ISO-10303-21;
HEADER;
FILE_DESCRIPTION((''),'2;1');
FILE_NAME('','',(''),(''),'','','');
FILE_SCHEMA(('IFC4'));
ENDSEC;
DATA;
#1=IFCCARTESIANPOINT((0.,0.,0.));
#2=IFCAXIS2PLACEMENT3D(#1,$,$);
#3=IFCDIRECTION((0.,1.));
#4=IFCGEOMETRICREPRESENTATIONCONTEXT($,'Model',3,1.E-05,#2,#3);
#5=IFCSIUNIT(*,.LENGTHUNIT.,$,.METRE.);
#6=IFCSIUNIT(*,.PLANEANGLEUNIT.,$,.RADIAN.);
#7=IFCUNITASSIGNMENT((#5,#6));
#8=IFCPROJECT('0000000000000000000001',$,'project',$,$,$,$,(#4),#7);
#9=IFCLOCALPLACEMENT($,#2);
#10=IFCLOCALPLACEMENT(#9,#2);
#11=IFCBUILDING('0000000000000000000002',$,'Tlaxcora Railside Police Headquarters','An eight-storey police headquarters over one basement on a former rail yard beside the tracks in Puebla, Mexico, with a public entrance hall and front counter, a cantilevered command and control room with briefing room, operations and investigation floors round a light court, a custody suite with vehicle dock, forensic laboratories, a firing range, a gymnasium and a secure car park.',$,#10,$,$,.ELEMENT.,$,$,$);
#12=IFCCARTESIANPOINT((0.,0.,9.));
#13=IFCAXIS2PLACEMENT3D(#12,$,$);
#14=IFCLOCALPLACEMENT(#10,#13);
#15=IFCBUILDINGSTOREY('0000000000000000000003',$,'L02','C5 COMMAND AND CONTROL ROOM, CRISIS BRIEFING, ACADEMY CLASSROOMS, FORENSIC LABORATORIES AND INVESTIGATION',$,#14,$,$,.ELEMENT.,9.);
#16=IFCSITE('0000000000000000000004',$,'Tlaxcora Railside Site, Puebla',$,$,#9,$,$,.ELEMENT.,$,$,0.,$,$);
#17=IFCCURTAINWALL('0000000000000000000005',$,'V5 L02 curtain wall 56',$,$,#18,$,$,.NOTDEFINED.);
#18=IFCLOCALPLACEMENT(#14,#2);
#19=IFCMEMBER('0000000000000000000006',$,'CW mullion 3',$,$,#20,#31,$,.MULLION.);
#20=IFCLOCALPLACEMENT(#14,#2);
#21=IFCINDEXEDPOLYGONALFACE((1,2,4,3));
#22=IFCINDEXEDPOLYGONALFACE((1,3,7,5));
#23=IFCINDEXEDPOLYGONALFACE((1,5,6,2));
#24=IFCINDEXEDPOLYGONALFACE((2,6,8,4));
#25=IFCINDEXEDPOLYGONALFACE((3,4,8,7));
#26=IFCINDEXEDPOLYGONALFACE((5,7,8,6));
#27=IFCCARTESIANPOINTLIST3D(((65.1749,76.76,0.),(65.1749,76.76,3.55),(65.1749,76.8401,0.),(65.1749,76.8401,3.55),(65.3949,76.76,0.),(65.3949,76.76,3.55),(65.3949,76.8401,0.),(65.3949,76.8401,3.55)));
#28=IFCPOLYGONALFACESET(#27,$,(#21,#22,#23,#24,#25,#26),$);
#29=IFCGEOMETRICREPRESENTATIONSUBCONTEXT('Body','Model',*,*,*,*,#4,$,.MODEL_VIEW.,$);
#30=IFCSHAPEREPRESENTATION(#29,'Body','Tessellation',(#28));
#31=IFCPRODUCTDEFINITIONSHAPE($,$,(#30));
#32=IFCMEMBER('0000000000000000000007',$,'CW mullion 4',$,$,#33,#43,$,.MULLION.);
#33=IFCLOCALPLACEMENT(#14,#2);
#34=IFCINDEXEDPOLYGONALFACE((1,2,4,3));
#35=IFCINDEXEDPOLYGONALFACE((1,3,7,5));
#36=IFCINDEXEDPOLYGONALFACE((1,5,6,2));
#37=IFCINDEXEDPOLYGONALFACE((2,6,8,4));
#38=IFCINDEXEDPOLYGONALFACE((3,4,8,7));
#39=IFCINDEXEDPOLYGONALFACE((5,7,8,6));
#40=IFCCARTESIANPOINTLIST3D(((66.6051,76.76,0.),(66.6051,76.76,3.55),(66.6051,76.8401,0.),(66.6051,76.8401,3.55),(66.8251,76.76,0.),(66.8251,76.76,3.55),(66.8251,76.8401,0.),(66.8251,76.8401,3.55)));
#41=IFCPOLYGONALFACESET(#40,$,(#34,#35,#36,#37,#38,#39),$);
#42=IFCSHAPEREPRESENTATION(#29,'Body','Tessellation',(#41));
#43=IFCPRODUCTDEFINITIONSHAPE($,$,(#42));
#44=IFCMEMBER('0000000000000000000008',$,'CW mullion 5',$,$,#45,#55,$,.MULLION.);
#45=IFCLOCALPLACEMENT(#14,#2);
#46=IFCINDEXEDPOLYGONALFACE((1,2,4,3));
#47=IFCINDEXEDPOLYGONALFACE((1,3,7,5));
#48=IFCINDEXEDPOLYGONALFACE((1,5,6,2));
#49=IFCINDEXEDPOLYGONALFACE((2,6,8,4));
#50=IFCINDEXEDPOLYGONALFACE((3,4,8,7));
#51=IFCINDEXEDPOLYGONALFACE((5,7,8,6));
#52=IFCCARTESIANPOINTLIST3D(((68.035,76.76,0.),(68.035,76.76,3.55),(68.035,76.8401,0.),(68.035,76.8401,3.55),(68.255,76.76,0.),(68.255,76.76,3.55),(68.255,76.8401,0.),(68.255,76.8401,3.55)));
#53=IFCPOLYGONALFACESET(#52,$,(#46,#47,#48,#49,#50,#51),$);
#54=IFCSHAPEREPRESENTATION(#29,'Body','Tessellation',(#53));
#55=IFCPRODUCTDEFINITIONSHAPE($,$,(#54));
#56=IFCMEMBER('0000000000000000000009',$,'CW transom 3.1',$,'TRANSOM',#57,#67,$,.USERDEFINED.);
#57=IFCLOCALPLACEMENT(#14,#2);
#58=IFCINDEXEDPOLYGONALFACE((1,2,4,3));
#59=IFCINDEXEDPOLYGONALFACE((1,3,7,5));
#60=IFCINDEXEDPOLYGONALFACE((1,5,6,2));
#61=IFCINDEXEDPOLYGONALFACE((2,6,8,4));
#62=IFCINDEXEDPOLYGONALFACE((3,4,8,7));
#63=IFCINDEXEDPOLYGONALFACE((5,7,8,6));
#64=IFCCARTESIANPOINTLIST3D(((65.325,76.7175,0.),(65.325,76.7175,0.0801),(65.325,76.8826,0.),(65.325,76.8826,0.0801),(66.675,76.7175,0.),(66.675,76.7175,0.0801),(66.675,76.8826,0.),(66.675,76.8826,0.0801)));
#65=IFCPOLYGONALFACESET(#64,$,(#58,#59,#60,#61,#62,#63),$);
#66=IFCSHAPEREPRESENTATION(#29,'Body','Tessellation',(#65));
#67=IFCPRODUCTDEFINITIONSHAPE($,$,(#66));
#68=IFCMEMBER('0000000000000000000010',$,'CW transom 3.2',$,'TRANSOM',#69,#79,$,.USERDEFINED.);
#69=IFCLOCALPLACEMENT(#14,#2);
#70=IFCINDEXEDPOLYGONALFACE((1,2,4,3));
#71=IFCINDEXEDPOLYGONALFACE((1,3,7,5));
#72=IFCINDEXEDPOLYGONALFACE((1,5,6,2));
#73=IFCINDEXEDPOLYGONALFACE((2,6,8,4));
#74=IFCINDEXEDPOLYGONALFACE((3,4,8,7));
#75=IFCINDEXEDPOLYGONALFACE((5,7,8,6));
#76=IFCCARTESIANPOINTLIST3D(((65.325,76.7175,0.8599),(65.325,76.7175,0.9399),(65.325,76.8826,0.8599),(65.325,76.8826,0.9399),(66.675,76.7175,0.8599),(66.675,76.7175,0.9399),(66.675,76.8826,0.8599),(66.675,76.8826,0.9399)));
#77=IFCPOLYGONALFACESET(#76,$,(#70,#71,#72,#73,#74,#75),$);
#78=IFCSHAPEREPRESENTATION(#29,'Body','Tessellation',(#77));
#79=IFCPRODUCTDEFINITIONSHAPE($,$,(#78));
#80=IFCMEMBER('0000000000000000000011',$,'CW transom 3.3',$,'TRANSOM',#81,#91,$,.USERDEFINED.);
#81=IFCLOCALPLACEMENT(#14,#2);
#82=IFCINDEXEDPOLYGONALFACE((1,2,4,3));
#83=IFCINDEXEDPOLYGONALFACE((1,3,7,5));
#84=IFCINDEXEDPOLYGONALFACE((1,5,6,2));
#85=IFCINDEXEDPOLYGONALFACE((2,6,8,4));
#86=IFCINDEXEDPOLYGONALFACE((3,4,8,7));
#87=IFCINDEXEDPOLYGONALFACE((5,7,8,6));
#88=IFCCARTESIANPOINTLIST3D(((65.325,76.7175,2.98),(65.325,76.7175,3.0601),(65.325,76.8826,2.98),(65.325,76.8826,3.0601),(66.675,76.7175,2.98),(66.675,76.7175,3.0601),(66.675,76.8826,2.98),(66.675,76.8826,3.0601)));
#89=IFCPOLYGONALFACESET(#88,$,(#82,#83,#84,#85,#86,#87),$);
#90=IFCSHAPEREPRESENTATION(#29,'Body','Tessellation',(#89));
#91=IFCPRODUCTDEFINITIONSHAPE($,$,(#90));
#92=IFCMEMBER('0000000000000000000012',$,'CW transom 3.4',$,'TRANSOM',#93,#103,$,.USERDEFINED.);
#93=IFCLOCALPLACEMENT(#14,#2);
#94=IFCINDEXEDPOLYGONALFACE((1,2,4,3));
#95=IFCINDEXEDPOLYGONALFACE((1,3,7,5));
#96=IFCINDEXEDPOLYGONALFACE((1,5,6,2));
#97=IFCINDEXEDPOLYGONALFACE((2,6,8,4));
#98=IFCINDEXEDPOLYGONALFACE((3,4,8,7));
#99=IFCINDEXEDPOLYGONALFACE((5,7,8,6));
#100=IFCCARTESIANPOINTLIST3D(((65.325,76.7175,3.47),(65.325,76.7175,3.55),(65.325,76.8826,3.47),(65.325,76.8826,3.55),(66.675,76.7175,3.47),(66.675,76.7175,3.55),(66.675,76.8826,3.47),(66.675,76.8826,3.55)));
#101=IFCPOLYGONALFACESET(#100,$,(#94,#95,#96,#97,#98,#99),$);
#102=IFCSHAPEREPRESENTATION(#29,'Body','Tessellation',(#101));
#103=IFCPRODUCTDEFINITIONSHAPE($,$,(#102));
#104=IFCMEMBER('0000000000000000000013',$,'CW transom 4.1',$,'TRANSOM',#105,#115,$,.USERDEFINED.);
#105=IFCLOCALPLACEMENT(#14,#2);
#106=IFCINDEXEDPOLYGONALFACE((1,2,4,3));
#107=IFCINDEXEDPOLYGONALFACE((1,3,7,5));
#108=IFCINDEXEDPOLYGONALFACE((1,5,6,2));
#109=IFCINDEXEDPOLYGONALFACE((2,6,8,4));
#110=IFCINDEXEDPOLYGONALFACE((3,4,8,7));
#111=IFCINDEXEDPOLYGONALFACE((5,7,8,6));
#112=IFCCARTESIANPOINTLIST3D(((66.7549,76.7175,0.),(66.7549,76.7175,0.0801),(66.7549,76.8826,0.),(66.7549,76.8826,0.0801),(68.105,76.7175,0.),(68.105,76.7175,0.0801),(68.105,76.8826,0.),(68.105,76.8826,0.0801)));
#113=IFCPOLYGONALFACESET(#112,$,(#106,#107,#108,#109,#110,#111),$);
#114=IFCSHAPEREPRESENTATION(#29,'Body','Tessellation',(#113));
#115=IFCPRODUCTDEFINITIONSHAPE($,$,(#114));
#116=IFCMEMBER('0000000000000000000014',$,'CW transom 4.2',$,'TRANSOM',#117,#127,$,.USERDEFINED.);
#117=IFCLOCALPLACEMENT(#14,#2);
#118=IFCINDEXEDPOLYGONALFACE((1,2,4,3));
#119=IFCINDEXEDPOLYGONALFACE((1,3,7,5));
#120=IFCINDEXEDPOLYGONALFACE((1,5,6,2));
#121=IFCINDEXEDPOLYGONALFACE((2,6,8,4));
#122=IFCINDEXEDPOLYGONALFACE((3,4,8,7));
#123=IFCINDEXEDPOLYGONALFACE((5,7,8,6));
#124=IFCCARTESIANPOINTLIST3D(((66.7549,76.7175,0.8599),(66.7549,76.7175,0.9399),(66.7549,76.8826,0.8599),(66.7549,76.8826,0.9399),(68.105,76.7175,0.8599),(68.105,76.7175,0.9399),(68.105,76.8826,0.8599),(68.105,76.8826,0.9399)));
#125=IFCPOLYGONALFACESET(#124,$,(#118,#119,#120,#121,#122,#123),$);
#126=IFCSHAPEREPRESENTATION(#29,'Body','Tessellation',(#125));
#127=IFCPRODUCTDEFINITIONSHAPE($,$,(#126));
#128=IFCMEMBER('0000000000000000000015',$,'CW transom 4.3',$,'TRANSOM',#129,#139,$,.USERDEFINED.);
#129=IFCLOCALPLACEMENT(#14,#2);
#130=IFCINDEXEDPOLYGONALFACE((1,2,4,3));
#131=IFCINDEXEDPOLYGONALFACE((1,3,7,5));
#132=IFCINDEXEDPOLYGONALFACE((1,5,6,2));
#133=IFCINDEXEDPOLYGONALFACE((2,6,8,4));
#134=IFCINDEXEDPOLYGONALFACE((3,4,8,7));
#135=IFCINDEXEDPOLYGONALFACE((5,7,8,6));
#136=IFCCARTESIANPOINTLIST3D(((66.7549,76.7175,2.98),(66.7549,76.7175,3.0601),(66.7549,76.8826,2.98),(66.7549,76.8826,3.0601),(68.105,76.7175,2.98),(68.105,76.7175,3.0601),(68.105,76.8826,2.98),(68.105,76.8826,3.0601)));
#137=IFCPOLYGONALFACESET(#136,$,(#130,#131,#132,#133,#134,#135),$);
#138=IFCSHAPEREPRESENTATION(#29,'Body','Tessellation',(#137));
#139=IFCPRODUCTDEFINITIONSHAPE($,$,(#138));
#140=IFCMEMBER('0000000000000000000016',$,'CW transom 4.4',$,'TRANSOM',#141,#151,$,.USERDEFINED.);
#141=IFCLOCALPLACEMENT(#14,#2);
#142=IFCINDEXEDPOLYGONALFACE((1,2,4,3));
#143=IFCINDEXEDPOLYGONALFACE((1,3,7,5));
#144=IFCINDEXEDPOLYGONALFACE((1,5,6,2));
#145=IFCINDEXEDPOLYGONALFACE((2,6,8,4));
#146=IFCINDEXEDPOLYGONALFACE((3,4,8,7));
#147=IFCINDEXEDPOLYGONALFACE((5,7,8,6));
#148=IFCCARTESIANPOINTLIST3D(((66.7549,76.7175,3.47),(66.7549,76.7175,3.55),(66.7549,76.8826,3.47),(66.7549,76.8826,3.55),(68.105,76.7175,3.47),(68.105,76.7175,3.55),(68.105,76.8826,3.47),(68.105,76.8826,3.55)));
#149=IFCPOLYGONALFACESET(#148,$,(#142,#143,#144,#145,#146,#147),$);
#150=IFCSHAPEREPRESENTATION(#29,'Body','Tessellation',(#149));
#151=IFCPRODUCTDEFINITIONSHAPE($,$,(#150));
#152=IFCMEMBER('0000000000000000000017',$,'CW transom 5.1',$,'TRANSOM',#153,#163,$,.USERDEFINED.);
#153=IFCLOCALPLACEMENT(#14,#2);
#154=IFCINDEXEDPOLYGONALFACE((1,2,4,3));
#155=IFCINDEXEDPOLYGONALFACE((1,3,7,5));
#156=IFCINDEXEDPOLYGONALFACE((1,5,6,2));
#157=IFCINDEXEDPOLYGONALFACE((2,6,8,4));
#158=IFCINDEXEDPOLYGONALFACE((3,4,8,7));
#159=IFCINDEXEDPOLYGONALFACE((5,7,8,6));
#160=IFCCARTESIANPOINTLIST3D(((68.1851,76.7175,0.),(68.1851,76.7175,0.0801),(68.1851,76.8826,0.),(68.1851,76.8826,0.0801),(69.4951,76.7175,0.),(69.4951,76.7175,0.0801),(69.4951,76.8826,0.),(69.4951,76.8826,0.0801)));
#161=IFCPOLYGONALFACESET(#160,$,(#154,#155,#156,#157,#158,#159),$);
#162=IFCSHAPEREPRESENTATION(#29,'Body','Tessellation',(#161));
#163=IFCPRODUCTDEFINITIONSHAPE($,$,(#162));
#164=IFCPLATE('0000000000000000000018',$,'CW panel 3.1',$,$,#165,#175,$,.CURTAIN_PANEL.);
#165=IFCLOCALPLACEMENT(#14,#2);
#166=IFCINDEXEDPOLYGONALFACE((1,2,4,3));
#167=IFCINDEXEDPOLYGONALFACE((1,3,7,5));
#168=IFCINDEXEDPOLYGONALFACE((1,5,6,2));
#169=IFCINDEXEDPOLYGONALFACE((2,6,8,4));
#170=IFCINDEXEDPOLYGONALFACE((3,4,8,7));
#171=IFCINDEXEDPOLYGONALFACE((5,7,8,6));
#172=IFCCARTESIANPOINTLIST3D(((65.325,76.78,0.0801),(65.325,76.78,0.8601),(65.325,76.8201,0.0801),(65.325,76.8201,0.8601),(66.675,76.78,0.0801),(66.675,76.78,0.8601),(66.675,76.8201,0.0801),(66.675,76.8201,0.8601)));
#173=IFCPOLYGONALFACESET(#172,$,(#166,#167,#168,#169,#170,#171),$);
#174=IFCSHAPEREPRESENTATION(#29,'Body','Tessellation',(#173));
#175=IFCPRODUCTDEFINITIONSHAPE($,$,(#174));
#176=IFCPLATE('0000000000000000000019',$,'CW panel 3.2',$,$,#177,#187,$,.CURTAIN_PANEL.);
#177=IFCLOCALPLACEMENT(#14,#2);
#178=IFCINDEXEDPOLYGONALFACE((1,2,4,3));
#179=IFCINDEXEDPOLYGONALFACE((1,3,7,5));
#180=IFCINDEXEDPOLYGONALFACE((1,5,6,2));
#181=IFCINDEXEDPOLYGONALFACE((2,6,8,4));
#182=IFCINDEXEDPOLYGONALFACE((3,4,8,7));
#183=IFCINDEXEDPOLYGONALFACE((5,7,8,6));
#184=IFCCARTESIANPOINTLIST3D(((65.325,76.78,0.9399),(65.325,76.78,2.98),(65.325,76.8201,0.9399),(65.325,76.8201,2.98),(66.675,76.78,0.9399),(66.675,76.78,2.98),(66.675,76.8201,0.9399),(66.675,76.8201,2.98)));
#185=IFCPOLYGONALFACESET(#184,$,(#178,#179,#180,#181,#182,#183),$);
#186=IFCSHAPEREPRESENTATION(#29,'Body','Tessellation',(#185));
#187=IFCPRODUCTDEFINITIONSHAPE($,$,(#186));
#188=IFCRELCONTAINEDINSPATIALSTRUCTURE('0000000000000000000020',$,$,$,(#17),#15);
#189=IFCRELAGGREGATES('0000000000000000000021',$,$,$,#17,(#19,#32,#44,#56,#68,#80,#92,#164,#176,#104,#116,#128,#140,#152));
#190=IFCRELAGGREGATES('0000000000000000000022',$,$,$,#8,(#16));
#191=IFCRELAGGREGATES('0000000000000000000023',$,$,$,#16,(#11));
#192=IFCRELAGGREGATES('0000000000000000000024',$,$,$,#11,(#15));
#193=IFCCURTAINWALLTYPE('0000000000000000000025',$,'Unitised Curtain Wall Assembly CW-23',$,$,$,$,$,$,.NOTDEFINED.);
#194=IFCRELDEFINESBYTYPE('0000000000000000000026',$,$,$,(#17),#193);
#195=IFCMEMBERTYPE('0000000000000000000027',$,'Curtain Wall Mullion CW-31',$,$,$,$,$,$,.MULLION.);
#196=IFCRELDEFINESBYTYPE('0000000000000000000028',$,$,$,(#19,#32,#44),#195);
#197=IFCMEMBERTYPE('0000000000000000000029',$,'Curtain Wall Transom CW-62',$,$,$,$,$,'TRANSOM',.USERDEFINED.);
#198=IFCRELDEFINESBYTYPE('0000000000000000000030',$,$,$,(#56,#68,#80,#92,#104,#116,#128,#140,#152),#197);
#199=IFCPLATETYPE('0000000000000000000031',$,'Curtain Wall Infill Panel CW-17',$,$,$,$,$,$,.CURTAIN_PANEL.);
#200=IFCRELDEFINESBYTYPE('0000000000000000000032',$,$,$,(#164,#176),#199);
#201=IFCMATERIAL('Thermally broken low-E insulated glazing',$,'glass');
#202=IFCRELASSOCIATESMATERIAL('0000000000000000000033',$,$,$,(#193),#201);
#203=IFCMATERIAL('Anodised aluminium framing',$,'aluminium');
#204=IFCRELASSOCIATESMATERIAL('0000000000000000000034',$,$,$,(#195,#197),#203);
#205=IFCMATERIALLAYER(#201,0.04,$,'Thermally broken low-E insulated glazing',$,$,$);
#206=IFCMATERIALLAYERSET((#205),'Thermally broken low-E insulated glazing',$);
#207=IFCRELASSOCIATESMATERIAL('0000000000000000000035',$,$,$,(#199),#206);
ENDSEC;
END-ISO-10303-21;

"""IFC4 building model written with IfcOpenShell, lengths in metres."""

from ifc_helpers import new_model, si_unit, direction, frame, origin, origin_2d, place, context, subcontext, project, spatial, rectangle, extrude, material, layer, layer_set, material_profile, profile_set, type_object, element, aggregate, save


model = new_model("IFC4")

# Units and contexts
model_context = context("Model", 3, precision=1e-05, world=origin(), true_north=direction((0.0, 1.0)))
body_context = subcontext(model_context, "Body", "Model", "MODEL_VIEW")
ifc_project = project(units=[si_unit("LENGTHUNIT", "METRE"), si_unit("PLANEANGLEUNIT", "RADIAN")], contexts=[model_context])

# Site, building, storey
site_placement = place(None, origin())
site = spatial("IfcSite", under=ifc_project, at=site_placement, Name="Tlaxcora Railside Site, Puebla", CompositionType="ELEMENT", RefElevation=0.0)
building_placement = place(site_placement, origin())
building = spatial("IfcBuilding", under=site, at=building_placement, Name="Tlaxcora Railside Police Headquarters", Description="An eight-storey police headquarters over one basement on a former rail yard beside the tracks in Puebla, Mexico, with a public entrance hall and front counter, a cantilevered command and control room with briefing room, operations and investigation floors round a light court, a custody suite with vehicle dock, forensic laboratories, a firing range, a gymnasium and a secure car park.", CompositionType="ELEMENT")
storey_placement = place(building_placement, frame((0.0, 0.0, 9.0)))
storey = spatial("IfcBuildingStorey", under=building, at=storey_placement, Name="L02", Description="C5 COMMAND AND CONTROL ROOM, CRISIS BRIEFING, ACADEMY CLASSROOMS, FORENSIC LABORATORIES AND INVESTIGATION", CompositionType="ELEMENT", Elevation=9.0)

# Curtain wall, members, plates
ifc_material_1 = material(Name="Thermally broken low-E insulated glazing", Category="glass")
curtain_wall_type = type_object("IfcCurtainWallType", Name="Unitised Curtain Wall Assembly CW-23", PredefinedType="NOTDEFINED", material=ifc_material_1)
curtain_wall_placement = place(storey_placement, origin())
curtain_wall = element("IfcCurtainWall", 1, at=curtain_wall_placement, inside=storey, type_object=curtain_wall_type, Name="V5 L02 curtain wall 56", PredefinedType="NOTDEFINED")
ifc_material_2 = material(Name="Anodised aluminium framing", Category="aluminium")
ifc_material_profile_1 = material_profile(ifc_material_2, rectangle(XDim=0.0801, YDim=0.22, at=origin_2d()), Name="AL80X220")
ifc_profile_set_1 = profile_set([ifc_material_profile_1], Name="Anodised aluminium framing")
member_type_1 = type_object("IfcMemberType", Name="Curtain Wall Mullion CW-31", PredefinedType="MULLION", material=ifc_profile_set_1)
member_1_placement = place(storey_placement, frame((65.2849, 76.8, 0.0), z_axis=(0.0, 0.0, 1.0), x_axis=(0.0, 1.0, 0.0)))
member_1 = element("IfcMember", 2, at=member_1_placement, type_object=member_type_1, Name="CW mullion 3", PredefinedType="MULLION", context=body_context, shape_type="SweptSolid", body=[
    extrude(rectangle(XDim=0.0801, YDim=0.22, at=origin_2d()), origin(), (0.0, 0.0, 1.0), 3.55),
])
member_2_placement = place(storey_placement, frame((66.7151, 76.8, 0.0), z_axis=(0.0, 0.0, 1.0), x_axis=(0.0, 1.0, 0.0)))
member_2 = element("IfcMember", 3, at=member_2_placement, type_object=member_type_1, Name="CW mullion 4", PredefinedType="MULLION", context=body_context, shape_type="SweptSolid", body=[
    extrude(rectangle(XDim=0.0801, YDim=0.22, at=origin_2d()), origin(), (0.0, 0.0, 1.0), 3.55),
])
member_3_placement = place(storey_placement, frame((68.145, 76.8, 0.0), z_axis=(0.0, 0.0, 1.0), x_axis=(0.0, 1.0, 0.0)))
member_3 = element("IfcMember", 4, at=member_3_placement, type_object=member_type_1, Name="CW mullion 5", PredefinedType="MULLION", context=body_context, shape_type="SweptSolid", body=[
    extrude(rectangle(XDim=0.0801, YDim=0.22, at=origin_2d()), origin(), (0.0, 0.0, 1.0), 3.55),
])
ifc_material_profile_2 = material_profile(ifc_material_2, rectangle(XDim=0.165, YDim=0.0801, at=origin_2d()), Name="AL80X165")
ifc_profile_set_2 = profile_set([ifc_material_profile_2], Name="Anodised aluminium framing")
member_type_2 = type_object("IfcMemberType", Name="Curtain Wall Transom CW-62", ElementType="TRANSOM", PredefinedType="USERDEFINED", material=ifc_profile_set_2)
member_4_placement = place(storey_placement, frame((65.325, 76.8, 0.04), z_axis=(1.0, 0.0, 0.0), x_axis=(0.0, 1.0, 0.0)))
member_4 = element("IfcMember", 5, at=member_4_placement, type_object=member_type_2, Name="CW transom 3.1", ObjectType="TRANSOM", PredefinedType="USERDEFINED", context=body_context, shape_type="SweptSolid", body=[
    extrude(rectangle(XDim=0.165, YDim=0.0801, at=origin_2d()), origin(), (0.0, 0.0, 1.0), 1.3501),
])
member_5_placement = place(storey_placement, frame((65.325, 76.8, 0.8999), z_axis=(1.0, 0.0, 0.0), x_axis=(0.0, 1.0, 0.0)))
member_5 = element("IfcMember", 6, at=member_5_placement, type_object=member_type_2, Name="CW transom 3.2", ObjectType="TRANSOM", PredefinedType="USERDEFINED", context=body_context, shape_type="SweptSolid", body=[
    extrude(rectangle(XDim=0.165, YDim=0.0801, at=origin_2d()), origin(), (0.0, 0.0, 1.0), 1.3501),
])
member_6_placement = place(storey_placement, frame((65.325, 76.8, 3.02), z_axis=(1.0, 0.0, 0.0), x_axis=(0.0, 1.0, 0.0)))
member_6 = element("IfcMember", 7, at=member_6_placement, type_object=member_type_2, Name="CW transom 3.3", ObjectType="TRANSOM", PredefinedType="USERDEFINED", context=body_context, shape_type="SweptSolid", body=[
    extrude(rectangle(XDim=0.165, YDim=0.0801, at=origin_2d()), origin(), (0.0, 0.0, 1.0), 1.3501),
])
member_7_placement = place(storey_placement, frame((65.325, 76.8, 3.51), z_axis=(1.0, 0.0, 0.0), x_axis=(0.0, 1.0, 0.0)))
member_7 = element("IfcMember", 8, at=member_7_placement, type_object=member_type_2, Name="CW transom 3.4", ObjectType="TRANSOM", PredefinedType="USERDEFINED", context=body_context, shape_type="SweptSolid", body=[
    extrude(rectangle(XDim=0.165, YDim=0.0801, at=origin_2d()), origin(), (0.0, 0.0, 1.0), 1.3501),
])
member_8_placement = place(storey_placement, frame((66.7549, 76.8, 0.04), z_axis=(1.0, 0.0, 0.0), x_axis=(0.0, 1.0, 0.0)))
member_8 = element("IfcMember", 9, at=member_8_placement, type_object=member_type_2, Name="CW transom 4.1", ObjectType="TRANSOM", PredefinedType="USERDEFINED", context=body_context, shape_type="SweptSolid", body=[
    extrude(rectangle(XDim=0.165, YDim=0.0801, at=origin_2d()), origin(), (0.0, 0.0, 1.0), 1.3501),
])
member_9_placement = place(storey_placement, frame((66.7549, 76.8, 0.8999), z_axis=(1.0, 0.0, 0.0), x_axis=(0.0, 1.0, 0.0)))
member_9 = element("IfcMember", 10, at=member_9_placement, type_object=member_type_2, Name="CW transom 4.2", ObjectType="TRANSOM", PredefinedType="USERDEFINED", context=body_context, shape_type="SweptSolid", body=[
    extrude(rectangle(XDim=0.165, YDim=0.0801, at=origin_2d()), origin(), (0.0, 0.0, 1.0), 1.3501),
])
member_10_placement = place(storey_placement, frame((66.7549, 76.8, 3.02), z_axis=(1.0, 0.0, 0.0), x_axis=(0.0, 1.0, 0.0)))
member_10 = element("IfcMember", 11, at=member_10_placement, type_object=member_type_2, Name="CW transom 4.3", ObjectType="TRANSOM", PredefinedType="USERDEFINED", context=body_context, shape_type="SweptSolid", body=[
    extrude(rectangle(XDim=0.165, YDim=0.0801, at=origin_2d()), origin(), (0.0, 0.0, 1.0), 1.3501),
])
member_11_placement = place(storey_placement, frame((66.7549, 76.8, 3.51), z_axis=(1.0, 0.0, 0.0), x_axis=(0.0, 1.0, 0.0)))
member_11 = element("IfcMember", 12, at=member_11_placement, type_object=member_type_2, Name="CW transom 4.4", ObjectType="TRANSOM", PredefinedType="USERDEFINED", context=body_context, shape_type="SweptSolid", body=[
    extrude(rectangle(XDim=0.165, YDim=0.0801, at=origin_2d()), origin(), (0.0, 0.0, 1.0), 1.3501),
])
member_12_placement = place(storey_placement, frame((68.1851, 76.8, 0.04), z_axis=(1.0, 0.0, 0.0), x_axis=(0.0, 1.0, 0.0)))
member_12 = element("IfcMember", 13, at=member_12_placement, type_object=member_type_2, Name="CW transom 5.1", ObjectType="TRANSOM", PredefinedType="USERDEFINED", context=body_context, shape_type="SweptSolid", body=[
    extrude(rectangle(XDim=0.165, YDim=0.0801, at=origin_2d()), origin(), (0.0, 0.0, 1.0), 1.3101),
])
ifc_layer_1 = layer(ifc_material_1, 0.04, Name="Thermally broken low-E insulated glazing")
ifc_layer_set_1 = layer_set([ifc_layer_1], Name="Thermally broken low-E insulated glazing")
plate_type = type_object("IfcPlateType", Name="Curtain Wall Infill Panel CW-17", PredefinedType="CURTAIN_PANEL", material=ifc_layer_set_1)
plate_1_placement = place(storey_placement, frame((66.0, 76.8, 0.0801), z_axis=(0.0, 0.0, 1.0), x_axis=(1.0, 0.0, 0.0)))
plate_1 = element("IfcPlate", 14, at=plate_1_placement, type_object=plate_type, Name="CW panel 3.1", PredefinedType="CURTAIN_PANEL", context=body_context, shape_type="SweptSolid", body=[
    extrude(rectangle(XDim=1.3501, YDim=0.04, at=origin_2d()), origin(), (0.0, 0.0, 1.0), 0.78),
])
plate_2_placement = place(storey_placement, frame((66.0, 76.8, 0.9399), z_axis=(0.0, 0.0, 1.0), x_axis=(1.0, 0.0, 0.0)))
plate_2 = element("IfcPlate", 15, at=plate_2_placement, type_object=plate_type, Name="CW panel 3.2", PredefinedType="CURTAIN_PANEL", context=body_context, shape_type="SweptSolid", body=[
    extrude(rectangle(XDim=1.3501, YDim=0.04, at=origin_2d()), origin(), (0.0, 0.0, 1.0), 2.04),
])
aggregate(curtain_wall, [member_1, member_2, member_3, member_4, member_5, member_6, member_7, plate_1, plate_2, member_8, member_9, member_10, member_11, member_12])

save(model, "model.ifc")
